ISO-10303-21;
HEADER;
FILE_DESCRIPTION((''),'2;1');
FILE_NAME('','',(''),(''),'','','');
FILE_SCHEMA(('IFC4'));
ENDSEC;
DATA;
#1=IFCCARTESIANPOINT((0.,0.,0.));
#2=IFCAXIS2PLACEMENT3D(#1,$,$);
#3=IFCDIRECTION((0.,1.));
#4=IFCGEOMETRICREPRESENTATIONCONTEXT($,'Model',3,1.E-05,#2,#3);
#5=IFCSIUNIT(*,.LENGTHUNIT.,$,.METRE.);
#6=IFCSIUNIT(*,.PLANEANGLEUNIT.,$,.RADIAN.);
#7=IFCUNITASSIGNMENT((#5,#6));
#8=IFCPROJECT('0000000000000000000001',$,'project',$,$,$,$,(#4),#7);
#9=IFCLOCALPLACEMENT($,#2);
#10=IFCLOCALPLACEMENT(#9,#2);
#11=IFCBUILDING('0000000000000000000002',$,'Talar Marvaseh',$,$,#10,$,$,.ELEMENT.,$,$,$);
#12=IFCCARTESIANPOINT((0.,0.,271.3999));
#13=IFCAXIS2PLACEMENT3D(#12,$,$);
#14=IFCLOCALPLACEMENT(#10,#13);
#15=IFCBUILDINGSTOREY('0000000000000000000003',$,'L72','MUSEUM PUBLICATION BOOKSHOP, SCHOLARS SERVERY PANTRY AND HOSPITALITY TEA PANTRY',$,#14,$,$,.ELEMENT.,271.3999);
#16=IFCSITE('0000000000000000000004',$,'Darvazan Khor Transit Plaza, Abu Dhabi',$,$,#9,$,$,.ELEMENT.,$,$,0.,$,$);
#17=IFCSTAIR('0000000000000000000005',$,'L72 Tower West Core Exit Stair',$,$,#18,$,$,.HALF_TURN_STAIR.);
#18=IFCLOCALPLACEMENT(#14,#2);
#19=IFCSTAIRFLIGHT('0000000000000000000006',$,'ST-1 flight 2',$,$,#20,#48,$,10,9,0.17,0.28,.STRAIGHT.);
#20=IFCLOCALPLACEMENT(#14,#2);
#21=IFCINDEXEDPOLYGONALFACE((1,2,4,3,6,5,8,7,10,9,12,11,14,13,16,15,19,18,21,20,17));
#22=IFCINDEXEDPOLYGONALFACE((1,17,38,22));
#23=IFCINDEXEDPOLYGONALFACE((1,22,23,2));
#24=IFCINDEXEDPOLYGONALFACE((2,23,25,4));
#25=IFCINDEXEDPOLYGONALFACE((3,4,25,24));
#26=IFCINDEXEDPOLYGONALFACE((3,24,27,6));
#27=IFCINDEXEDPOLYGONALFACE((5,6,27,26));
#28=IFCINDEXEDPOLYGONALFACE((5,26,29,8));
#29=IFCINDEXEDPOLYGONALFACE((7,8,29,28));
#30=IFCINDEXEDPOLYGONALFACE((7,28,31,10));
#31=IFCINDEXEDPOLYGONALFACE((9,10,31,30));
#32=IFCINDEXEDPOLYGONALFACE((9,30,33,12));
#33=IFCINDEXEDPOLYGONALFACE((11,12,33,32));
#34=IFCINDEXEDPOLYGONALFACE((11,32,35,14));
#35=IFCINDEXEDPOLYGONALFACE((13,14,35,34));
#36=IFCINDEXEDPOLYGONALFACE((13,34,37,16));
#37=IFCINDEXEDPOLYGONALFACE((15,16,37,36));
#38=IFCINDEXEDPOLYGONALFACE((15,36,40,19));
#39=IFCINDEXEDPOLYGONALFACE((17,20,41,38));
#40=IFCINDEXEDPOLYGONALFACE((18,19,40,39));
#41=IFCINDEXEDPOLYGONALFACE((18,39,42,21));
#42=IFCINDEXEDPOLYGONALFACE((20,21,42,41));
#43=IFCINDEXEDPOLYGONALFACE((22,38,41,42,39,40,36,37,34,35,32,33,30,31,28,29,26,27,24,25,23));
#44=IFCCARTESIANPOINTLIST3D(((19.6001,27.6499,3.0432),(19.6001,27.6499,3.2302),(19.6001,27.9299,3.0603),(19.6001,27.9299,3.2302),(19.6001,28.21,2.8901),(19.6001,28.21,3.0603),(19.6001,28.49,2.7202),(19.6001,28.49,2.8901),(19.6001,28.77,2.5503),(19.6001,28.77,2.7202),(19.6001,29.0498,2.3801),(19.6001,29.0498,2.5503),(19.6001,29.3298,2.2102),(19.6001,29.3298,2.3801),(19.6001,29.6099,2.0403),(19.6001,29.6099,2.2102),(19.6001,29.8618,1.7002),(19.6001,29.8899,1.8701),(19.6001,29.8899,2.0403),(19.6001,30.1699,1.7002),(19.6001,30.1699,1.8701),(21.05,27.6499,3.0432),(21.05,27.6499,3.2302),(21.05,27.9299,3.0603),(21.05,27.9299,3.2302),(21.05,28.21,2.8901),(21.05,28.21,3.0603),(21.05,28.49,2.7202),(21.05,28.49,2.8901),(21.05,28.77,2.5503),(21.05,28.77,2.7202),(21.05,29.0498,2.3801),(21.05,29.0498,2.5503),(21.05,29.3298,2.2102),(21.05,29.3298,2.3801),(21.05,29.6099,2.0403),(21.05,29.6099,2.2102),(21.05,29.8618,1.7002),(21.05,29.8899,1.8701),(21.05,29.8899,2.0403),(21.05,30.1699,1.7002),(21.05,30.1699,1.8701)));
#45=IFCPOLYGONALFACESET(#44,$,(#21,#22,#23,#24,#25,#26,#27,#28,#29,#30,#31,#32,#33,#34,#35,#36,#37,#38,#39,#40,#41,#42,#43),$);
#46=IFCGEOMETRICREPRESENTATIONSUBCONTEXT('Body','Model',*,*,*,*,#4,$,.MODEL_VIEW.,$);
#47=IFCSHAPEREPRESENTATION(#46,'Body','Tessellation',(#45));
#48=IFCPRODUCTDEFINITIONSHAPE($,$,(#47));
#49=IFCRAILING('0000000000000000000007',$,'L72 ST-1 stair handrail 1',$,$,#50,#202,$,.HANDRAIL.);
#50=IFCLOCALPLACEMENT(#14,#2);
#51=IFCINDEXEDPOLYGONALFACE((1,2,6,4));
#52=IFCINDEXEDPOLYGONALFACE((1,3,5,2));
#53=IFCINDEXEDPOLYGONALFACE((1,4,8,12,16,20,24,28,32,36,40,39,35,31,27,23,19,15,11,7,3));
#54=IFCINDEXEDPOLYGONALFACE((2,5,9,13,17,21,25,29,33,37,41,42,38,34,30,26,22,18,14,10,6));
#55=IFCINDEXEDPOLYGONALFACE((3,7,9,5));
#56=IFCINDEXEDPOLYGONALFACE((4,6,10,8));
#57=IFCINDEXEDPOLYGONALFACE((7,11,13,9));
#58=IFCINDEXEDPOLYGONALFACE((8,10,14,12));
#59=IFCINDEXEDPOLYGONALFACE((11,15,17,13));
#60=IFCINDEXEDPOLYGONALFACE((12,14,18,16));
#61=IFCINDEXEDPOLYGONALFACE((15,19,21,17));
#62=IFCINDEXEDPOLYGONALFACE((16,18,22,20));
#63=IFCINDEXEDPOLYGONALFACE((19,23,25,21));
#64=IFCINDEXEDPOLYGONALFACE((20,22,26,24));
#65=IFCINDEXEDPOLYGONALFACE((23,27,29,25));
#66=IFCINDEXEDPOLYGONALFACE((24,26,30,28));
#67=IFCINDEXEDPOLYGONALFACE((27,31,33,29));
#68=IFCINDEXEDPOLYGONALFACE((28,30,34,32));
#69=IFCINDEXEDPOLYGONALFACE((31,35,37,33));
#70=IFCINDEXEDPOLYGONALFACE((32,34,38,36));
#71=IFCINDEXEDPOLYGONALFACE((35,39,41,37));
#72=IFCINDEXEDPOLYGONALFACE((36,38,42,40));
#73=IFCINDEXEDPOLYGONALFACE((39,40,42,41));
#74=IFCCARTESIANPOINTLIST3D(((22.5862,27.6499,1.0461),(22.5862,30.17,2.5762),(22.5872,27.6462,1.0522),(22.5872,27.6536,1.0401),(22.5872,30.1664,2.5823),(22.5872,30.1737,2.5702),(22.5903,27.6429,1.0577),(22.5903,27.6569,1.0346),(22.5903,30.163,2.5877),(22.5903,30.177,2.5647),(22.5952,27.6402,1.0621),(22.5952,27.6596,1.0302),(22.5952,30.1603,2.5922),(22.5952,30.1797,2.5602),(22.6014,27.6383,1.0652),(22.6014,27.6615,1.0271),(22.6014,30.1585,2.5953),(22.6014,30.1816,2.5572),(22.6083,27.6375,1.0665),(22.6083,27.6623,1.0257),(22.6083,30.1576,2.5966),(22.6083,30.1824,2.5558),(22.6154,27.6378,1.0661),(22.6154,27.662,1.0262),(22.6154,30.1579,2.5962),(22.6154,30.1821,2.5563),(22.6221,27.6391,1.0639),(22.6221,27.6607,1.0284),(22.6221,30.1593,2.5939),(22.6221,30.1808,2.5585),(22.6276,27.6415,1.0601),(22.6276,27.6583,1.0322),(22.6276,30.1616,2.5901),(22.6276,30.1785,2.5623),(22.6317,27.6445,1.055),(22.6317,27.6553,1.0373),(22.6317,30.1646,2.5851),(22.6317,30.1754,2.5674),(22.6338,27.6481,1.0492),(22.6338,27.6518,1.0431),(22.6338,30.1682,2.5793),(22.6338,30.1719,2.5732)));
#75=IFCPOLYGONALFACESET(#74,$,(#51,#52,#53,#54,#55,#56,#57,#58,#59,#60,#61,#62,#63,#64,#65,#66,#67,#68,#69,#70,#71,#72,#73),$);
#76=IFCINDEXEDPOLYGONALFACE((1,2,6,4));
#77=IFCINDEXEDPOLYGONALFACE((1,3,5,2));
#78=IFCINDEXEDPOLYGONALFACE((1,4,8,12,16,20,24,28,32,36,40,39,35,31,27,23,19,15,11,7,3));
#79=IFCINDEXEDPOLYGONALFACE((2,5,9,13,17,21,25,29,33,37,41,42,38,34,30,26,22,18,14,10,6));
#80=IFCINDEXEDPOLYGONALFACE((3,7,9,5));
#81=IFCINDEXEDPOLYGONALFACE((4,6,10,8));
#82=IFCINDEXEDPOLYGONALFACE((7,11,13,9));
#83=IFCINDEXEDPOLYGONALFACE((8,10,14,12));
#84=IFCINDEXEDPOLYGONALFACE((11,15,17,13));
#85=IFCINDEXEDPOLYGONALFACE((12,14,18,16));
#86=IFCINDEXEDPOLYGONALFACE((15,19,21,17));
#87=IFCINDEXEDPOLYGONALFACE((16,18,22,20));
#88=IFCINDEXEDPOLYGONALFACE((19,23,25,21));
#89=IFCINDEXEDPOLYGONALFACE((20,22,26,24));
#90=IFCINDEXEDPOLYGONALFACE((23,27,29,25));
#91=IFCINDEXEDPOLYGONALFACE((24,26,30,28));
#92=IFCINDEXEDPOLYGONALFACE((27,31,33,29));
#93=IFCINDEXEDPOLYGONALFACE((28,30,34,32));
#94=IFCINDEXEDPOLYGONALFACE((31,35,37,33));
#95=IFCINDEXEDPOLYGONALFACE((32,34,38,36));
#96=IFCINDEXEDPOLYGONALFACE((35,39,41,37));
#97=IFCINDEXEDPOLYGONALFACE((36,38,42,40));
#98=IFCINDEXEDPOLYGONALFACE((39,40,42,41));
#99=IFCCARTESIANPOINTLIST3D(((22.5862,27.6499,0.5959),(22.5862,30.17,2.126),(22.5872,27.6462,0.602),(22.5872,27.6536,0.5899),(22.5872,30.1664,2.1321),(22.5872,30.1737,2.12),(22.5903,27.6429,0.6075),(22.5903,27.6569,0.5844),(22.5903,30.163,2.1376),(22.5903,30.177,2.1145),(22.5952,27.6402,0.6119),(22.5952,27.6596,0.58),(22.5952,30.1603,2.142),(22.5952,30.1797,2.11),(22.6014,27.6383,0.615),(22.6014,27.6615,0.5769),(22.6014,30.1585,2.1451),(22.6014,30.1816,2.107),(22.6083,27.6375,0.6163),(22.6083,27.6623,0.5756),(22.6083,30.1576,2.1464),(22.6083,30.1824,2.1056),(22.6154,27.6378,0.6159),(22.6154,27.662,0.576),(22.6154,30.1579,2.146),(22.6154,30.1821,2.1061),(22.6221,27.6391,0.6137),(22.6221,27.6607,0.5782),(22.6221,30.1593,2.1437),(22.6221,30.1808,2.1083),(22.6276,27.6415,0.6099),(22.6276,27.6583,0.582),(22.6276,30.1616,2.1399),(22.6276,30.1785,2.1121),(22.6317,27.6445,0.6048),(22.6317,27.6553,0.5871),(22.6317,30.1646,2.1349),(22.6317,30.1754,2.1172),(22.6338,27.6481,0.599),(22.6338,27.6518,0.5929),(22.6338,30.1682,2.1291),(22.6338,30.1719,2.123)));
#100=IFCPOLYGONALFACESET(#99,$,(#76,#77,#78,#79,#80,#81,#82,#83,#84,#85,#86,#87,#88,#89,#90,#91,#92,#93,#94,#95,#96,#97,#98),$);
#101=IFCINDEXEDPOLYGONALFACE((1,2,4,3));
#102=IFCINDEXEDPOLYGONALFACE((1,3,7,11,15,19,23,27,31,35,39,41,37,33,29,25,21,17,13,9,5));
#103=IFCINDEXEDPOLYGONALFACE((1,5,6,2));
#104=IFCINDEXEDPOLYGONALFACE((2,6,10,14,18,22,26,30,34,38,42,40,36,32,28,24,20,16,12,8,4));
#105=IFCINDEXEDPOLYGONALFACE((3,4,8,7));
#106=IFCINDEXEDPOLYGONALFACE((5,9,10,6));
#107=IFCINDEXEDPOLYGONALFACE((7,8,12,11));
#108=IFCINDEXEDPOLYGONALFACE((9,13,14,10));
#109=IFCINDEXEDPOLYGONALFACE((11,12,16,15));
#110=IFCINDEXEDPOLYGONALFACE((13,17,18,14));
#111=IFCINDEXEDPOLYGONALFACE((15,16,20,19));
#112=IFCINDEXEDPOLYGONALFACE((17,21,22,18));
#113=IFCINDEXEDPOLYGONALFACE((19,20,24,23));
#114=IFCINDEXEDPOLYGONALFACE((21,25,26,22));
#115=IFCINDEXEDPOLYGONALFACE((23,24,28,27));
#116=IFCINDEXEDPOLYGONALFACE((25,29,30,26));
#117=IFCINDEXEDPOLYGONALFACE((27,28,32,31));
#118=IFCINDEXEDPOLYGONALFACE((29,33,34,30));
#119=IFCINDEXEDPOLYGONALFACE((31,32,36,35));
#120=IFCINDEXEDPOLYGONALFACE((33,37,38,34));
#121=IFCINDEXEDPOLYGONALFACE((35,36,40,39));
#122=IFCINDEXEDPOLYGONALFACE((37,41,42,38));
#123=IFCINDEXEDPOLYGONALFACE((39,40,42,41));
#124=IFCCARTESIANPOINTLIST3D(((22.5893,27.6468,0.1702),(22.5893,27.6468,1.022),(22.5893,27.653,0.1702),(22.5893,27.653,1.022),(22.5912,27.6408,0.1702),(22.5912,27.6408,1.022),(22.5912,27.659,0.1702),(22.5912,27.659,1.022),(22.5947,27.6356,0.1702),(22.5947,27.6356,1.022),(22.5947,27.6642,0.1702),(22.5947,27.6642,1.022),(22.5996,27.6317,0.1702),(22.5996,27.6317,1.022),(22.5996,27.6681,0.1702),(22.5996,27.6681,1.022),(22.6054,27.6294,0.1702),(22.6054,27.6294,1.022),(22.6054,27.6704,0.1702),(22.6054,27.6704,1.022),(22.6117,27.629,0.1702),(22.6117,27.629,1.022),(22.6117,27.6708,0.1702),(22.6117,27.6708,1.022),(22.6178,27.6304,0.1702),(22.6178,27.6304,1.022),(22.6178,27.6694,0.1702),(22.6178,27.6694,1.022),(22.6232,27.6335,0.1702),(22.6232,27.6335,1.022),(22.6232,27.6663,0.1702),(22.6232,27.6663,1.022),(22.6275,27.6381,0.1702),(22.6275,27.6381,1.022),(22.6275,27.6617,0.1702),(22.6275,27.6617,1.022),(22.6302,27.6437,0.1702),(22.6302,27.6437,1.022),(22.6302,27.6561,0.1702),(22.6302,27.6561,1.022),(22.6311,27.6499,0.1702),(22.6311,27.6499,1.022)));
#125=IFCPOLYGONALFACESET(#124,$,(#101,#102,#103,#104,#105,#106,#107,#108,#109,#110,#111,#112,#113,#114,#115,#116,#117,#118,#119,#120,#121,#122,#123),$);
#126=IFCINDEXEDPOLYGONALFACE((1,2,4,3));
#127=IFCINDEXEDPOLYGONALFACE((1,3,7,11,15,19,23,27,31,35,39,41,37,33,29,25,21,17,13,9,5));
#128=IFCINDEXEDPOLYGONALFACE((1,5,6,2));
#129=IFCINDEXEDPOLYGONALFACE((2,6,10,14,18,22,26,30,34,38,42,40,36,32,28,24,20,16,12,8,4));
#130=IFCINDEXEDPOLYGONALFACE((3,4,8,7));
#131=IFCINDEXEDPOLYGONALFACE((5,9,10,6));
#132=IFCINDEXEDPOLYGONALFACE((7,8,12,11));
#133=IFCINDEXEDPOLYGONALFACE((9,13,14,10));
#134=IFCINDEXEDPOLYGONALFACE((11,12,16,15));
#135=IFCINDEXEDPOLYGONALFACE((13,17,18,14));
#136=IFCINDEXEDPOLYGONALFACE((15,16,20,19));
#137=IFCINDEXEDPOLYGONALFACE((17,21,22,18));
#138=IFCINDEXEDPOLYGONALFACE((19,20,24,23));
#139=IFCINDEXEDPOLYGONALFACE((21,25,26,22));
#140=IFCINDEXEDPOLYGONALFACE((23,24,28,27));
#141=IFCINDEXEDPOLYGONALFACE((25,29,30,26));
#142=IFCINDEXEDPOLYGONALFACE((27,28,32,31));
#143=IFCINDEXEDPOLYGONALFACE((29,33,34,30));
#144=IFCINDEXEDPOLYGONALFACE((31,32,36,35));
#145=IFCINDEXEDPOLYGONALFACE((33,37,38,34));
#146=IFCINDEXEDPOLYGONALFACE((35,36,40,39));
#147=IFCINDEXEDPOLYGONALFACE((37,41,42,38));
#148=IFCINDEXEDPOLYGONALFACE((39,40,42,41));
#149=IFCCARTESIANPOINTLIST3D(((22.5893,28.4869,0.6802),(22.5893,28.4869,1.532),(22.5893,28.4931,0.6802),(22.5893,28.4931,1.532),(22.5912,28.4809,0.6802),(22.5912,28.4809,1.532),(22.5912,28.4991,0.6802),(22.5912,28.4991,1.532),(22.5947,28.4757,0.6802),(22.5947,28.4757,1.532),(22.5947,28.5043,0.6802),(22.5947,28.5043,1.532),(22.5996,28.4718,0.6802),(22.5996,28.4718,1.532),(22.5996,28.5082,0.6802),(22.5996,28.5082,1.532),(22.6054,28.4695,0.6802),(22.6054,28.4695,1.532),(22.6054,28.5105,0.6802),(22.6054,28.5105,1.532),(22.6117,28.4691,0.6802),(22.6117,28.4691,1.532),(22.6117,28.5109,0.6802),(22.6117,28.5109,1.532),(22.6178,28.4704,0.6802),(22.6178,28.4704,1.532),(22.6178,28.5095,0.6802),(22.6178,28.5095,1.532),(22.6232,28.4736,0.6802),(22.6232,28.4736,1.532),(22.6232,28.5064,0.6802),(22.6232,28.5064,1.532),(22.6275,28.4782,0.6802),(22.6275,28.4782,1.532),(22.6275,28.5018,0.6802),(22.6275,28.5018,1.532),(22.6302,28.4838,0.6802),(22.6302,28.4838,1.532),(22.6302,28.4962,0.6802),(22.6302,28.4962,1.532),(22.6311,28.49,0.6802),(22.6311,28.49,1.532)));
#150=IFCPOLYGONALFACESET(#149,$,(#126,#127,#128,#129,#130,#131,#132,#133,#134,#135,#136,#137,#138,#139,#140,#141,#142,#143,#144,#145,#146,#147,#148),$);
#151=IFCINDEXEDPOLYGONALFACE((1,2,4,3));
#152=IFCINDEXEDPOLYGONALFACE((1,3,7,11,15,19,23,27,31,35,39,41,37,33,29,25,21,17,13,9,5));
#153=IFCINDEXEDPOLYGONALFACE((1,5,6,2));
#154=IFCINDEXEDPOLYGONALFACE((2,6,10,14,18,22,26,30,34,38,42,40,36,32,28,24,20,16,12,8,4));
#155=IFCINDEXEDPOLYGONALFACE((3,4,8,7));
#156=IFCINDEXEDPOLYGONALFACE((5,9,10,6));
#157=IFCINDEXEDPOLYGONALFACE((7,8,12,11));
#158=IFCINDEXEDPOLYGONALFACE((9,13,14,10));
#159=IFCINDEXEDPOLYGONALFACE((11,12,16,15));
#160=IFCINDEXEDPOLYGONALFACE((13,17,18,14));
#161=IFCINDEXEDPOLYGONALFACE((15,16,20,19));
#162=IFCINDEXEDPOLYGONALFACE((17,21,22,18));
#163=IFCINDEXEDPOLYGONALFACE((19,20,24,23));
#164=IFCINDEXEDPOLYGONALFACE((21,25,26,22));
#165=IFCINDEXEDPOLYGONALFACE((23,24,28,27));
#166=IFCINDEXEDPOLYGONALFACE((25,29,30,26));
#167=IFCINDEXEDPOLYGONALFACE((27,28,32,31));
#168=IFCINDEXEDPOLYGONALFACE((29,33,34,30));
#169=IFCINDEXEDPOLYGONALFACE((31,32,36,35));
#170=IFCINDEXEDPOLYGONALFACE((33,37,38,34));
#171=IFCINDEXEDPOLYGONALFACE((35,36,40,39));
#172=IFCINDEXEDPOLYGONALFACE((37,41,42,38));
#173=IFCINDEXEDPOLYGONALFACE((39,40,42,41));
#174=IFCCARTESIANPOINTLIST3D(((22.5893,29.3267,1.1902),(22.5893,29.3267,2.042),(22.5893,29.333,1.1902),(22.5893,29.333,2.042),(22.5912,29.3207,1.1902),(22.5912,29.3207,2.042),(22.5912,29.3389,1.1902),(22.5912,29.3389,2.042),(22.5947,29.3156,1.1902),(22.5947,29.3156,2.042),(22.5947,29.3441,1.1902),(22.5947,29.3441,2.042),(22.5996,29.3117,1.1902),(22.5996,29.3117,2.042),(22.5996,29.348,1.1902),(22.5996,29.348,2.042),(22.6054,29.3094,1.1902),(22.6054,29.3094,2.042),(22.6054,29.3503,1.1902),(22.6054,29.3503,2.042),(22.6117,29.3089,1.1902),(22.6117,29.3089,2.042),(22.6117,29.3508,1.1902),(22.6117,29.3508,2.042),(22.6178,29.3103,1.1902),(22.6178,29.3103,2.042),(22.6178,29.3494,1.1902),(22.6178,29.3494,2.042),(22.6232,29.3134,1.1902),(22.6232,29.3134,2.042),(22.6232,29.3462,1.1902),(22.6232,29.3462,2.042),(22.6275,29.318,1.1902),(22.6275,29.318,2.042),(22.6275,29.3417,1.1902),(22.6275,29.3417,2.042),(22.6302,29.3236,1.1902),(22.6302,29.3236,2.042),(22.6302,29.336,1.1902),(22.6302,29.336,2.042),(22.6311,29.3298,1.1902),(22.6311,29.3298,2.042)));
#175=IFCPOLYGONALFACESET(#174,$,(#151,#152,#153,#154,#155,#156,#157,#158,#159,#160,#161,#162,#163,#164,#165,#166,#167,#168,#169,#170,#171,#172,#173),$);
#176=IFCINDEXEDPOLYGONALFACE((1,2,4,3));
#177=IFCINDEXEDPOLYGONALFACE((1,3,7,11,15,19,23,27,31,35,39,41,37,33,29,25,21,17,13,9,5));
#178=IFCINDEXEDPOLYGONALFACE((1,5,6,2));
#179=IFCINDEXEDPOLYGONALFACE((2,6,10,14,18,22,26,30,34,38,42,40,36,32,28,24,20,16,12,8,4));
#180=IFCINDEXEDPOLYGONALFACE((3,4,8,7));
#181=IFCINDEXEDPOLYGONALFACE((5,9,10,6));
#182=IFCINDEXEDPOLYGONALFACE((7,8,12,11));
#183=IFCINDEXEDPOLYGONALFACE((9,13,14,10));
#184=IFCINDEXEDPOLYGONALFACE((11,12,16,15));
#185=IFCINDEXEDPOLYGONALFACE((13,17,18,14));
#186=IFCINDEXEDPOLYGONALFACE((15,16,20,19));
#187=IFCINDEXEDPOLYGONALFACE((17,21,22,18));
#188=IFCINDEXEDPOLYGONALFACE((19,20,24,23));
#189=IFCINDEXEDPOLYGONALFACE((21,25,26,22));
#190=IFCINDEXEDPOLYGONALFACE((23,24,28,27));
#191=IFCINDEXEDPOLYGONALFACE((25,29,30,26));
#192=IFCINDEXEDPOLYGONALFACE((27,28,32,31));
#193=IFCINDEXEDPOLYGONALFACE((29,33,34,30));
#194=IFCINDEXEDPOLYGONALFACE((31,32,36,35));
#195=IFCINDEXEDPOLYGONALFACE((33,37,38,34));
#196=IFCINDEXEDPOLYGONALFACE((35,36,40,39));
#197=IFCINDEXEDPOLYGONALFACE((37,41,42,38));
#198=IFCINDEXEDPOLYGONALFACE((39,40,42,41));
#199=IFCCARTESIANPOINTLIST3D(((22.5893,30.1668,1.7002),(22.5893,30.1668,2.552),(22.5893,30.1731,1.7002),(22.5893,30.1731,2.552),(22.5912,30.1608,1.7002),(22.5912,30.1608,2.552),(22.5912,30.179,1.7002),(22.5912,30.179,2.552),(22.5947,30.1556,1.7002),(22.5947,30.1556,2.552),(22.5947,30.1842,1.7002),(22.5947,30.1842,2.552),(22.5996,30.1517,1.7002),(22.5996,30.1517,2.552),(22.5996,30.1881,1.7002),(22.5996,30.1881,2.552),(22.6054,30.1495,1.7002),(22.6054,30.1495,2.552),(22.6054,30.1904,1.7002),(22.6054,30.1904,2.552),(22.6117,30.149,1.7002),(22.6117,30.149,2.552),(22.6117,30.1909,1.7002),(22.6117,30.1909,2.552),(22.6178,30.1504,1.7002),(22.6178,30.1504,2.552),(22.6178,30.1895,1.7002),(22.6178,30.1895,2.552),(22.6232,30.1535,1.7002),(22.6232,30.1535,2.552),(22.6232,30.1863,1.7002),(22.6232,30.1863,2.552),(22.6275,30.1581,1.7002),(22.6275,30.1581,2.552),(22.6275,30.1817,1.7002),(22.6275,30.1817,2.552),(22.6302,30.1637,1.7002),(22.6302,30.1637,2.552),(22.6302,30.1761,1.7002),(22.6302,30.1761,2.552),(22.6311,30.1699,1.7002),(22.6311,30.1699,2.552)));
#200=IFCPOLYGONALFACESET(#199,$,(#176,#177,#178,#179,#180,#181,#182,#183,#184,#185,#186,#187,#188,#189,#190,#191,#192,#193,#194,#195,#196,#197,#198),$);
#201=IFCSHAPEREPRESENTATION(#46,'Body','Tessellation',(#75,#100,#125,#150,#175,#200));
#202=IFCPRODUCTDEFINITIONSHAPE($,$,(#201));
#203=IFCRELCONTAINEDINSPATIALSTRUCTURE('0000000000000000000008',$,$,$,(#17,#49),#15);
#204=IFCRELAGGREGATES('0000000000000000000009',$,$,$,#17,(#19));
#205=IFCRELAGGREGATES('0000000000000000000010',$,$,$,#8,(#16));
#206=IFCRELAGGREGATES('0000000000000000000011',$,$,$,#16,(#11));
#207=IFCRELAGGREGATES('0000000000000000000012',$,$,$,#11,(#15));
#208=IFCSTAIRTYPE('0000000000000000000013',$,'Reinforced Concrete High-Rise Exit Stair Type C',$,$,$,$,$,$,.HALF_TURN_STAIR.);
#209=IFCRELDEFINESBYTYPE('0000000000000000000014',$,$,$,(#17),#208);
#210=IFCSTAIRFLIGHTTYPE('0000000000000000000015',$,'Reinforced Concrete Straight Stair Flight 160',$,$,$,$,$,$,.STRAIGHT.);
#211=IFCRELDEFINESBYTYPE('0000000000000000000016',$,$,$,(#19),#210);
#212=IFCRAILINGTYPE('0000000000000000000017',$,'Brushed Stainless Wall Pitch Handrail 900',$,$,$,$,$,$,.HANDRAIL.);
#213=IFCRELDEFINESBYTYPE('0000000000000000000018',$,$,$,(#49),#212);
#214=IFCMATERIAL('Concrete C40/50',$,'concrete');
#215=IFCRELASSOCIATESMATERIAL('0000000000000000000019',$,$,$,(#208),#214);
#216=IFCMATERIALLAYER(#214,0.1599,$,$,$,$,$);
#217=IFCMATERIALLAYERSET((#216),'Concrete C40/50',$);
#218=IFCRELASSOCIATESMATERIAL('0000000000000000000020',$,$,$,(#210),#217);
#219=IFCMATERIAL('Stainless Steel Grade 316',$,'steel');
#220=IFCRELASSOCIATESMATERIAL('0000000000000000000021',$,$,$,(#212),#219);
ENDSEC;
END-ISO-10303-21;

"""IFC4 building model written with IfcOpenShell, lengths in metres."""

from ifc_helpers import new_model, si_unit, direction, frame, origin, origin_2d, place, context, subcontext, project, spatial, polyline, circle, outline, extrude, material, layer, layer_set, type_object, element, aggregate, save


model = new_model("IFC4")

# Units and contexts
model_context = context("Model", 3, precision=1e-05, world=origin(), true_north=direction((0.0, 1.0)))
body_context = subcontext(model_context, "Body", "Model", "MODEL_VIEW")
ifc_project = project(units=[si_unit("LENGTHUNIT", "METRE"), si_unit("PLANEANGLEUNIT", "RADIAN")], contexts=[model_context])

# Site, building, storey
site_placement = place(None, origin())
site = spatial("IfcSite", under=ifc_project, at=site_placement, Name="Darvazan Khor Transit Plaza, Abu Dhabi", CompositionType="ELEMENT", RefElevation=0.0)
building_placement = place(site_placement, origin())
building = spatial("IfcBuilding", under=site, at=building_placement, Name="Talar Marvaseh", CompositionType="ELEMENT")
storey_placement = place(building_placement, frame((0.0, 0.0, 271.3999)))
storey = spatial("IfcBuildingStorey", under=building, at=storey_placement, Name="L72", Description="MUSEUM PUBLICATION BOOKSHOP, SCHOLARS SERVERY PANTRY AND HOSPITALITY TEA PANTRY", CompositionType="ELEMENT", Elevation=271.3999)

# Shared definitions
ifc_material_1 = material(Name="Concrete C40/50", Category="concrete")

# Stair, stair flight
stair_type = type_object("IfcStairType", Name="Reinforced Concrete High-Rise Exit Stair Type C", PredefinedType="HALF_TURN_STAIR", material=ifc_material_1)
stair_placement = place(storey_placement, origin())
stair = element("IfcStair", 1, at=stair_placement, inside=storey, type_object=stair_type, Name="L72 Tower West Core Exit Stair", PredefinedType="HALF_TURN_STAIR")
ifc_layer_1 = layer(ifc_material_1, 0.1599)
ifc_layer_set_1 = layer_set([ifc_layer_1], Name="Concrete C40/50")
stair_flight_type = type_object("IfcStairFlightType", Name="Reinforced Concrete Straight Stair Flight 160", PredefinedType="STRAIGHT", material=ifc_layer_set_1)
stair_flight_1_placement = place(storey_placement, frame((20.325, 30.1699, 1.7002), z_axis=(0.0, 0.0, 1.0), x_axis=(0.0, -1.0, 0.0)))
stair_flight_1 = element("IfcStairFlight", 2, at=stair_flight_1_placement, type_object=stair_flight_type, Name="ST-1 flight 2", NumberOfRisers=10, NumberOfTreads=9, PredefinedType="STRAIGHT", RiserHeight=0.17, TreadLength=0.28, context=body_context, shape_type="SweptSolid", body=[
    extrude(outline(polyline([(0.0, 0.0), (0.0, 0.1699), (0.28, 0.1699), (0.28, 0.3401), (0.5601, 0.3401), (0.5601, 0.51), (0.8401, 0.51), (0.8401, 0.6799), (1.1201, 0.6799), (1.1201, 0.8501), (1.3999, 0.8501), (1.3999, 1.02), (1.6799, 1.02), (1.6799, 1.1899), (1.96, 1.1899), (1.96, 1.3601), (2.24, 1.3601), (2.24, 1.53), (2.52, 1.53), (2.52, 1.7), (2.52, 1.343), (0.3081, 0.0), (0.0, 0.0)])), frame((0.0, 0.7251, 0.0), z_axis=(0.0, -1.0, 0.0), x_axis=(1.0, 0.0, 0.0)), (0.0, 0.0, 1.0), 1.45),
])
aggregate(stair, [stair_flight_1])

# Railing
ifc_material_2 = material(Name="Stainless Steel Grade 316", Category="steel")
railing_type_1 = type_object("IfcRailingType", Name="Brushed Stainless Wall Pitch Handrail 900", PredefinedType="HANDRAIL", material=ifc_material_2)
railing_1_placement = place(storey_placement, frame((22.6101, 27.6499, 0.1702)))
element("IfcRailing", 3, at=railing_1_placement, inside=storey, type_object=railing_type_1, Name="L72 ST-1 stair handrail 1", PredefinedType="HANDRAIL", context=body_context, shape_type="SweptSolid", body=[
    extrude(circle(Radius=0.0239, at=origin_2d()), frame((0.0, 0.0, 0.876), z_axis=(0.0, 0.854785, 0.518982), x_axis=(-1.0, 0.0, 0.0)), (0.0, 0.0, 1.0), 2.9482),
    extrude(circle(Radius=0.0239, at=origin_2d()), frame((0.0, 0.0, 0.4258), z_axis=(0.0, 0.854785, 0.518982), x_axis=(-1.0, 0.0, 0.0)), (0.0, 0.0, 1.0), 2.9482),
    extrude(circle(Radius=0.021, at=origin_2d()), origin(), (0.0, 0.0, 1.0), 0.8518),
    extrude(circle(Radius=0.021, at=origin_2d()), frame((0.0, 0.8401, 0.51)), (0.0, 0.0, 1.0), 0.8518),
    extrude(circle(Radius=0.021, at=origin_2d()), frame((0.0, 1.6799, 1.02)), (0.0, 0.0, 1.0), 0.8518),
    extrude(circle(Radius=0.021, at=origin_2d()), frame((0.0, 2.52, 1.53)), (0.0, 0.0, 1.0), 0.8518),
])

save(model, "model.ifc")
